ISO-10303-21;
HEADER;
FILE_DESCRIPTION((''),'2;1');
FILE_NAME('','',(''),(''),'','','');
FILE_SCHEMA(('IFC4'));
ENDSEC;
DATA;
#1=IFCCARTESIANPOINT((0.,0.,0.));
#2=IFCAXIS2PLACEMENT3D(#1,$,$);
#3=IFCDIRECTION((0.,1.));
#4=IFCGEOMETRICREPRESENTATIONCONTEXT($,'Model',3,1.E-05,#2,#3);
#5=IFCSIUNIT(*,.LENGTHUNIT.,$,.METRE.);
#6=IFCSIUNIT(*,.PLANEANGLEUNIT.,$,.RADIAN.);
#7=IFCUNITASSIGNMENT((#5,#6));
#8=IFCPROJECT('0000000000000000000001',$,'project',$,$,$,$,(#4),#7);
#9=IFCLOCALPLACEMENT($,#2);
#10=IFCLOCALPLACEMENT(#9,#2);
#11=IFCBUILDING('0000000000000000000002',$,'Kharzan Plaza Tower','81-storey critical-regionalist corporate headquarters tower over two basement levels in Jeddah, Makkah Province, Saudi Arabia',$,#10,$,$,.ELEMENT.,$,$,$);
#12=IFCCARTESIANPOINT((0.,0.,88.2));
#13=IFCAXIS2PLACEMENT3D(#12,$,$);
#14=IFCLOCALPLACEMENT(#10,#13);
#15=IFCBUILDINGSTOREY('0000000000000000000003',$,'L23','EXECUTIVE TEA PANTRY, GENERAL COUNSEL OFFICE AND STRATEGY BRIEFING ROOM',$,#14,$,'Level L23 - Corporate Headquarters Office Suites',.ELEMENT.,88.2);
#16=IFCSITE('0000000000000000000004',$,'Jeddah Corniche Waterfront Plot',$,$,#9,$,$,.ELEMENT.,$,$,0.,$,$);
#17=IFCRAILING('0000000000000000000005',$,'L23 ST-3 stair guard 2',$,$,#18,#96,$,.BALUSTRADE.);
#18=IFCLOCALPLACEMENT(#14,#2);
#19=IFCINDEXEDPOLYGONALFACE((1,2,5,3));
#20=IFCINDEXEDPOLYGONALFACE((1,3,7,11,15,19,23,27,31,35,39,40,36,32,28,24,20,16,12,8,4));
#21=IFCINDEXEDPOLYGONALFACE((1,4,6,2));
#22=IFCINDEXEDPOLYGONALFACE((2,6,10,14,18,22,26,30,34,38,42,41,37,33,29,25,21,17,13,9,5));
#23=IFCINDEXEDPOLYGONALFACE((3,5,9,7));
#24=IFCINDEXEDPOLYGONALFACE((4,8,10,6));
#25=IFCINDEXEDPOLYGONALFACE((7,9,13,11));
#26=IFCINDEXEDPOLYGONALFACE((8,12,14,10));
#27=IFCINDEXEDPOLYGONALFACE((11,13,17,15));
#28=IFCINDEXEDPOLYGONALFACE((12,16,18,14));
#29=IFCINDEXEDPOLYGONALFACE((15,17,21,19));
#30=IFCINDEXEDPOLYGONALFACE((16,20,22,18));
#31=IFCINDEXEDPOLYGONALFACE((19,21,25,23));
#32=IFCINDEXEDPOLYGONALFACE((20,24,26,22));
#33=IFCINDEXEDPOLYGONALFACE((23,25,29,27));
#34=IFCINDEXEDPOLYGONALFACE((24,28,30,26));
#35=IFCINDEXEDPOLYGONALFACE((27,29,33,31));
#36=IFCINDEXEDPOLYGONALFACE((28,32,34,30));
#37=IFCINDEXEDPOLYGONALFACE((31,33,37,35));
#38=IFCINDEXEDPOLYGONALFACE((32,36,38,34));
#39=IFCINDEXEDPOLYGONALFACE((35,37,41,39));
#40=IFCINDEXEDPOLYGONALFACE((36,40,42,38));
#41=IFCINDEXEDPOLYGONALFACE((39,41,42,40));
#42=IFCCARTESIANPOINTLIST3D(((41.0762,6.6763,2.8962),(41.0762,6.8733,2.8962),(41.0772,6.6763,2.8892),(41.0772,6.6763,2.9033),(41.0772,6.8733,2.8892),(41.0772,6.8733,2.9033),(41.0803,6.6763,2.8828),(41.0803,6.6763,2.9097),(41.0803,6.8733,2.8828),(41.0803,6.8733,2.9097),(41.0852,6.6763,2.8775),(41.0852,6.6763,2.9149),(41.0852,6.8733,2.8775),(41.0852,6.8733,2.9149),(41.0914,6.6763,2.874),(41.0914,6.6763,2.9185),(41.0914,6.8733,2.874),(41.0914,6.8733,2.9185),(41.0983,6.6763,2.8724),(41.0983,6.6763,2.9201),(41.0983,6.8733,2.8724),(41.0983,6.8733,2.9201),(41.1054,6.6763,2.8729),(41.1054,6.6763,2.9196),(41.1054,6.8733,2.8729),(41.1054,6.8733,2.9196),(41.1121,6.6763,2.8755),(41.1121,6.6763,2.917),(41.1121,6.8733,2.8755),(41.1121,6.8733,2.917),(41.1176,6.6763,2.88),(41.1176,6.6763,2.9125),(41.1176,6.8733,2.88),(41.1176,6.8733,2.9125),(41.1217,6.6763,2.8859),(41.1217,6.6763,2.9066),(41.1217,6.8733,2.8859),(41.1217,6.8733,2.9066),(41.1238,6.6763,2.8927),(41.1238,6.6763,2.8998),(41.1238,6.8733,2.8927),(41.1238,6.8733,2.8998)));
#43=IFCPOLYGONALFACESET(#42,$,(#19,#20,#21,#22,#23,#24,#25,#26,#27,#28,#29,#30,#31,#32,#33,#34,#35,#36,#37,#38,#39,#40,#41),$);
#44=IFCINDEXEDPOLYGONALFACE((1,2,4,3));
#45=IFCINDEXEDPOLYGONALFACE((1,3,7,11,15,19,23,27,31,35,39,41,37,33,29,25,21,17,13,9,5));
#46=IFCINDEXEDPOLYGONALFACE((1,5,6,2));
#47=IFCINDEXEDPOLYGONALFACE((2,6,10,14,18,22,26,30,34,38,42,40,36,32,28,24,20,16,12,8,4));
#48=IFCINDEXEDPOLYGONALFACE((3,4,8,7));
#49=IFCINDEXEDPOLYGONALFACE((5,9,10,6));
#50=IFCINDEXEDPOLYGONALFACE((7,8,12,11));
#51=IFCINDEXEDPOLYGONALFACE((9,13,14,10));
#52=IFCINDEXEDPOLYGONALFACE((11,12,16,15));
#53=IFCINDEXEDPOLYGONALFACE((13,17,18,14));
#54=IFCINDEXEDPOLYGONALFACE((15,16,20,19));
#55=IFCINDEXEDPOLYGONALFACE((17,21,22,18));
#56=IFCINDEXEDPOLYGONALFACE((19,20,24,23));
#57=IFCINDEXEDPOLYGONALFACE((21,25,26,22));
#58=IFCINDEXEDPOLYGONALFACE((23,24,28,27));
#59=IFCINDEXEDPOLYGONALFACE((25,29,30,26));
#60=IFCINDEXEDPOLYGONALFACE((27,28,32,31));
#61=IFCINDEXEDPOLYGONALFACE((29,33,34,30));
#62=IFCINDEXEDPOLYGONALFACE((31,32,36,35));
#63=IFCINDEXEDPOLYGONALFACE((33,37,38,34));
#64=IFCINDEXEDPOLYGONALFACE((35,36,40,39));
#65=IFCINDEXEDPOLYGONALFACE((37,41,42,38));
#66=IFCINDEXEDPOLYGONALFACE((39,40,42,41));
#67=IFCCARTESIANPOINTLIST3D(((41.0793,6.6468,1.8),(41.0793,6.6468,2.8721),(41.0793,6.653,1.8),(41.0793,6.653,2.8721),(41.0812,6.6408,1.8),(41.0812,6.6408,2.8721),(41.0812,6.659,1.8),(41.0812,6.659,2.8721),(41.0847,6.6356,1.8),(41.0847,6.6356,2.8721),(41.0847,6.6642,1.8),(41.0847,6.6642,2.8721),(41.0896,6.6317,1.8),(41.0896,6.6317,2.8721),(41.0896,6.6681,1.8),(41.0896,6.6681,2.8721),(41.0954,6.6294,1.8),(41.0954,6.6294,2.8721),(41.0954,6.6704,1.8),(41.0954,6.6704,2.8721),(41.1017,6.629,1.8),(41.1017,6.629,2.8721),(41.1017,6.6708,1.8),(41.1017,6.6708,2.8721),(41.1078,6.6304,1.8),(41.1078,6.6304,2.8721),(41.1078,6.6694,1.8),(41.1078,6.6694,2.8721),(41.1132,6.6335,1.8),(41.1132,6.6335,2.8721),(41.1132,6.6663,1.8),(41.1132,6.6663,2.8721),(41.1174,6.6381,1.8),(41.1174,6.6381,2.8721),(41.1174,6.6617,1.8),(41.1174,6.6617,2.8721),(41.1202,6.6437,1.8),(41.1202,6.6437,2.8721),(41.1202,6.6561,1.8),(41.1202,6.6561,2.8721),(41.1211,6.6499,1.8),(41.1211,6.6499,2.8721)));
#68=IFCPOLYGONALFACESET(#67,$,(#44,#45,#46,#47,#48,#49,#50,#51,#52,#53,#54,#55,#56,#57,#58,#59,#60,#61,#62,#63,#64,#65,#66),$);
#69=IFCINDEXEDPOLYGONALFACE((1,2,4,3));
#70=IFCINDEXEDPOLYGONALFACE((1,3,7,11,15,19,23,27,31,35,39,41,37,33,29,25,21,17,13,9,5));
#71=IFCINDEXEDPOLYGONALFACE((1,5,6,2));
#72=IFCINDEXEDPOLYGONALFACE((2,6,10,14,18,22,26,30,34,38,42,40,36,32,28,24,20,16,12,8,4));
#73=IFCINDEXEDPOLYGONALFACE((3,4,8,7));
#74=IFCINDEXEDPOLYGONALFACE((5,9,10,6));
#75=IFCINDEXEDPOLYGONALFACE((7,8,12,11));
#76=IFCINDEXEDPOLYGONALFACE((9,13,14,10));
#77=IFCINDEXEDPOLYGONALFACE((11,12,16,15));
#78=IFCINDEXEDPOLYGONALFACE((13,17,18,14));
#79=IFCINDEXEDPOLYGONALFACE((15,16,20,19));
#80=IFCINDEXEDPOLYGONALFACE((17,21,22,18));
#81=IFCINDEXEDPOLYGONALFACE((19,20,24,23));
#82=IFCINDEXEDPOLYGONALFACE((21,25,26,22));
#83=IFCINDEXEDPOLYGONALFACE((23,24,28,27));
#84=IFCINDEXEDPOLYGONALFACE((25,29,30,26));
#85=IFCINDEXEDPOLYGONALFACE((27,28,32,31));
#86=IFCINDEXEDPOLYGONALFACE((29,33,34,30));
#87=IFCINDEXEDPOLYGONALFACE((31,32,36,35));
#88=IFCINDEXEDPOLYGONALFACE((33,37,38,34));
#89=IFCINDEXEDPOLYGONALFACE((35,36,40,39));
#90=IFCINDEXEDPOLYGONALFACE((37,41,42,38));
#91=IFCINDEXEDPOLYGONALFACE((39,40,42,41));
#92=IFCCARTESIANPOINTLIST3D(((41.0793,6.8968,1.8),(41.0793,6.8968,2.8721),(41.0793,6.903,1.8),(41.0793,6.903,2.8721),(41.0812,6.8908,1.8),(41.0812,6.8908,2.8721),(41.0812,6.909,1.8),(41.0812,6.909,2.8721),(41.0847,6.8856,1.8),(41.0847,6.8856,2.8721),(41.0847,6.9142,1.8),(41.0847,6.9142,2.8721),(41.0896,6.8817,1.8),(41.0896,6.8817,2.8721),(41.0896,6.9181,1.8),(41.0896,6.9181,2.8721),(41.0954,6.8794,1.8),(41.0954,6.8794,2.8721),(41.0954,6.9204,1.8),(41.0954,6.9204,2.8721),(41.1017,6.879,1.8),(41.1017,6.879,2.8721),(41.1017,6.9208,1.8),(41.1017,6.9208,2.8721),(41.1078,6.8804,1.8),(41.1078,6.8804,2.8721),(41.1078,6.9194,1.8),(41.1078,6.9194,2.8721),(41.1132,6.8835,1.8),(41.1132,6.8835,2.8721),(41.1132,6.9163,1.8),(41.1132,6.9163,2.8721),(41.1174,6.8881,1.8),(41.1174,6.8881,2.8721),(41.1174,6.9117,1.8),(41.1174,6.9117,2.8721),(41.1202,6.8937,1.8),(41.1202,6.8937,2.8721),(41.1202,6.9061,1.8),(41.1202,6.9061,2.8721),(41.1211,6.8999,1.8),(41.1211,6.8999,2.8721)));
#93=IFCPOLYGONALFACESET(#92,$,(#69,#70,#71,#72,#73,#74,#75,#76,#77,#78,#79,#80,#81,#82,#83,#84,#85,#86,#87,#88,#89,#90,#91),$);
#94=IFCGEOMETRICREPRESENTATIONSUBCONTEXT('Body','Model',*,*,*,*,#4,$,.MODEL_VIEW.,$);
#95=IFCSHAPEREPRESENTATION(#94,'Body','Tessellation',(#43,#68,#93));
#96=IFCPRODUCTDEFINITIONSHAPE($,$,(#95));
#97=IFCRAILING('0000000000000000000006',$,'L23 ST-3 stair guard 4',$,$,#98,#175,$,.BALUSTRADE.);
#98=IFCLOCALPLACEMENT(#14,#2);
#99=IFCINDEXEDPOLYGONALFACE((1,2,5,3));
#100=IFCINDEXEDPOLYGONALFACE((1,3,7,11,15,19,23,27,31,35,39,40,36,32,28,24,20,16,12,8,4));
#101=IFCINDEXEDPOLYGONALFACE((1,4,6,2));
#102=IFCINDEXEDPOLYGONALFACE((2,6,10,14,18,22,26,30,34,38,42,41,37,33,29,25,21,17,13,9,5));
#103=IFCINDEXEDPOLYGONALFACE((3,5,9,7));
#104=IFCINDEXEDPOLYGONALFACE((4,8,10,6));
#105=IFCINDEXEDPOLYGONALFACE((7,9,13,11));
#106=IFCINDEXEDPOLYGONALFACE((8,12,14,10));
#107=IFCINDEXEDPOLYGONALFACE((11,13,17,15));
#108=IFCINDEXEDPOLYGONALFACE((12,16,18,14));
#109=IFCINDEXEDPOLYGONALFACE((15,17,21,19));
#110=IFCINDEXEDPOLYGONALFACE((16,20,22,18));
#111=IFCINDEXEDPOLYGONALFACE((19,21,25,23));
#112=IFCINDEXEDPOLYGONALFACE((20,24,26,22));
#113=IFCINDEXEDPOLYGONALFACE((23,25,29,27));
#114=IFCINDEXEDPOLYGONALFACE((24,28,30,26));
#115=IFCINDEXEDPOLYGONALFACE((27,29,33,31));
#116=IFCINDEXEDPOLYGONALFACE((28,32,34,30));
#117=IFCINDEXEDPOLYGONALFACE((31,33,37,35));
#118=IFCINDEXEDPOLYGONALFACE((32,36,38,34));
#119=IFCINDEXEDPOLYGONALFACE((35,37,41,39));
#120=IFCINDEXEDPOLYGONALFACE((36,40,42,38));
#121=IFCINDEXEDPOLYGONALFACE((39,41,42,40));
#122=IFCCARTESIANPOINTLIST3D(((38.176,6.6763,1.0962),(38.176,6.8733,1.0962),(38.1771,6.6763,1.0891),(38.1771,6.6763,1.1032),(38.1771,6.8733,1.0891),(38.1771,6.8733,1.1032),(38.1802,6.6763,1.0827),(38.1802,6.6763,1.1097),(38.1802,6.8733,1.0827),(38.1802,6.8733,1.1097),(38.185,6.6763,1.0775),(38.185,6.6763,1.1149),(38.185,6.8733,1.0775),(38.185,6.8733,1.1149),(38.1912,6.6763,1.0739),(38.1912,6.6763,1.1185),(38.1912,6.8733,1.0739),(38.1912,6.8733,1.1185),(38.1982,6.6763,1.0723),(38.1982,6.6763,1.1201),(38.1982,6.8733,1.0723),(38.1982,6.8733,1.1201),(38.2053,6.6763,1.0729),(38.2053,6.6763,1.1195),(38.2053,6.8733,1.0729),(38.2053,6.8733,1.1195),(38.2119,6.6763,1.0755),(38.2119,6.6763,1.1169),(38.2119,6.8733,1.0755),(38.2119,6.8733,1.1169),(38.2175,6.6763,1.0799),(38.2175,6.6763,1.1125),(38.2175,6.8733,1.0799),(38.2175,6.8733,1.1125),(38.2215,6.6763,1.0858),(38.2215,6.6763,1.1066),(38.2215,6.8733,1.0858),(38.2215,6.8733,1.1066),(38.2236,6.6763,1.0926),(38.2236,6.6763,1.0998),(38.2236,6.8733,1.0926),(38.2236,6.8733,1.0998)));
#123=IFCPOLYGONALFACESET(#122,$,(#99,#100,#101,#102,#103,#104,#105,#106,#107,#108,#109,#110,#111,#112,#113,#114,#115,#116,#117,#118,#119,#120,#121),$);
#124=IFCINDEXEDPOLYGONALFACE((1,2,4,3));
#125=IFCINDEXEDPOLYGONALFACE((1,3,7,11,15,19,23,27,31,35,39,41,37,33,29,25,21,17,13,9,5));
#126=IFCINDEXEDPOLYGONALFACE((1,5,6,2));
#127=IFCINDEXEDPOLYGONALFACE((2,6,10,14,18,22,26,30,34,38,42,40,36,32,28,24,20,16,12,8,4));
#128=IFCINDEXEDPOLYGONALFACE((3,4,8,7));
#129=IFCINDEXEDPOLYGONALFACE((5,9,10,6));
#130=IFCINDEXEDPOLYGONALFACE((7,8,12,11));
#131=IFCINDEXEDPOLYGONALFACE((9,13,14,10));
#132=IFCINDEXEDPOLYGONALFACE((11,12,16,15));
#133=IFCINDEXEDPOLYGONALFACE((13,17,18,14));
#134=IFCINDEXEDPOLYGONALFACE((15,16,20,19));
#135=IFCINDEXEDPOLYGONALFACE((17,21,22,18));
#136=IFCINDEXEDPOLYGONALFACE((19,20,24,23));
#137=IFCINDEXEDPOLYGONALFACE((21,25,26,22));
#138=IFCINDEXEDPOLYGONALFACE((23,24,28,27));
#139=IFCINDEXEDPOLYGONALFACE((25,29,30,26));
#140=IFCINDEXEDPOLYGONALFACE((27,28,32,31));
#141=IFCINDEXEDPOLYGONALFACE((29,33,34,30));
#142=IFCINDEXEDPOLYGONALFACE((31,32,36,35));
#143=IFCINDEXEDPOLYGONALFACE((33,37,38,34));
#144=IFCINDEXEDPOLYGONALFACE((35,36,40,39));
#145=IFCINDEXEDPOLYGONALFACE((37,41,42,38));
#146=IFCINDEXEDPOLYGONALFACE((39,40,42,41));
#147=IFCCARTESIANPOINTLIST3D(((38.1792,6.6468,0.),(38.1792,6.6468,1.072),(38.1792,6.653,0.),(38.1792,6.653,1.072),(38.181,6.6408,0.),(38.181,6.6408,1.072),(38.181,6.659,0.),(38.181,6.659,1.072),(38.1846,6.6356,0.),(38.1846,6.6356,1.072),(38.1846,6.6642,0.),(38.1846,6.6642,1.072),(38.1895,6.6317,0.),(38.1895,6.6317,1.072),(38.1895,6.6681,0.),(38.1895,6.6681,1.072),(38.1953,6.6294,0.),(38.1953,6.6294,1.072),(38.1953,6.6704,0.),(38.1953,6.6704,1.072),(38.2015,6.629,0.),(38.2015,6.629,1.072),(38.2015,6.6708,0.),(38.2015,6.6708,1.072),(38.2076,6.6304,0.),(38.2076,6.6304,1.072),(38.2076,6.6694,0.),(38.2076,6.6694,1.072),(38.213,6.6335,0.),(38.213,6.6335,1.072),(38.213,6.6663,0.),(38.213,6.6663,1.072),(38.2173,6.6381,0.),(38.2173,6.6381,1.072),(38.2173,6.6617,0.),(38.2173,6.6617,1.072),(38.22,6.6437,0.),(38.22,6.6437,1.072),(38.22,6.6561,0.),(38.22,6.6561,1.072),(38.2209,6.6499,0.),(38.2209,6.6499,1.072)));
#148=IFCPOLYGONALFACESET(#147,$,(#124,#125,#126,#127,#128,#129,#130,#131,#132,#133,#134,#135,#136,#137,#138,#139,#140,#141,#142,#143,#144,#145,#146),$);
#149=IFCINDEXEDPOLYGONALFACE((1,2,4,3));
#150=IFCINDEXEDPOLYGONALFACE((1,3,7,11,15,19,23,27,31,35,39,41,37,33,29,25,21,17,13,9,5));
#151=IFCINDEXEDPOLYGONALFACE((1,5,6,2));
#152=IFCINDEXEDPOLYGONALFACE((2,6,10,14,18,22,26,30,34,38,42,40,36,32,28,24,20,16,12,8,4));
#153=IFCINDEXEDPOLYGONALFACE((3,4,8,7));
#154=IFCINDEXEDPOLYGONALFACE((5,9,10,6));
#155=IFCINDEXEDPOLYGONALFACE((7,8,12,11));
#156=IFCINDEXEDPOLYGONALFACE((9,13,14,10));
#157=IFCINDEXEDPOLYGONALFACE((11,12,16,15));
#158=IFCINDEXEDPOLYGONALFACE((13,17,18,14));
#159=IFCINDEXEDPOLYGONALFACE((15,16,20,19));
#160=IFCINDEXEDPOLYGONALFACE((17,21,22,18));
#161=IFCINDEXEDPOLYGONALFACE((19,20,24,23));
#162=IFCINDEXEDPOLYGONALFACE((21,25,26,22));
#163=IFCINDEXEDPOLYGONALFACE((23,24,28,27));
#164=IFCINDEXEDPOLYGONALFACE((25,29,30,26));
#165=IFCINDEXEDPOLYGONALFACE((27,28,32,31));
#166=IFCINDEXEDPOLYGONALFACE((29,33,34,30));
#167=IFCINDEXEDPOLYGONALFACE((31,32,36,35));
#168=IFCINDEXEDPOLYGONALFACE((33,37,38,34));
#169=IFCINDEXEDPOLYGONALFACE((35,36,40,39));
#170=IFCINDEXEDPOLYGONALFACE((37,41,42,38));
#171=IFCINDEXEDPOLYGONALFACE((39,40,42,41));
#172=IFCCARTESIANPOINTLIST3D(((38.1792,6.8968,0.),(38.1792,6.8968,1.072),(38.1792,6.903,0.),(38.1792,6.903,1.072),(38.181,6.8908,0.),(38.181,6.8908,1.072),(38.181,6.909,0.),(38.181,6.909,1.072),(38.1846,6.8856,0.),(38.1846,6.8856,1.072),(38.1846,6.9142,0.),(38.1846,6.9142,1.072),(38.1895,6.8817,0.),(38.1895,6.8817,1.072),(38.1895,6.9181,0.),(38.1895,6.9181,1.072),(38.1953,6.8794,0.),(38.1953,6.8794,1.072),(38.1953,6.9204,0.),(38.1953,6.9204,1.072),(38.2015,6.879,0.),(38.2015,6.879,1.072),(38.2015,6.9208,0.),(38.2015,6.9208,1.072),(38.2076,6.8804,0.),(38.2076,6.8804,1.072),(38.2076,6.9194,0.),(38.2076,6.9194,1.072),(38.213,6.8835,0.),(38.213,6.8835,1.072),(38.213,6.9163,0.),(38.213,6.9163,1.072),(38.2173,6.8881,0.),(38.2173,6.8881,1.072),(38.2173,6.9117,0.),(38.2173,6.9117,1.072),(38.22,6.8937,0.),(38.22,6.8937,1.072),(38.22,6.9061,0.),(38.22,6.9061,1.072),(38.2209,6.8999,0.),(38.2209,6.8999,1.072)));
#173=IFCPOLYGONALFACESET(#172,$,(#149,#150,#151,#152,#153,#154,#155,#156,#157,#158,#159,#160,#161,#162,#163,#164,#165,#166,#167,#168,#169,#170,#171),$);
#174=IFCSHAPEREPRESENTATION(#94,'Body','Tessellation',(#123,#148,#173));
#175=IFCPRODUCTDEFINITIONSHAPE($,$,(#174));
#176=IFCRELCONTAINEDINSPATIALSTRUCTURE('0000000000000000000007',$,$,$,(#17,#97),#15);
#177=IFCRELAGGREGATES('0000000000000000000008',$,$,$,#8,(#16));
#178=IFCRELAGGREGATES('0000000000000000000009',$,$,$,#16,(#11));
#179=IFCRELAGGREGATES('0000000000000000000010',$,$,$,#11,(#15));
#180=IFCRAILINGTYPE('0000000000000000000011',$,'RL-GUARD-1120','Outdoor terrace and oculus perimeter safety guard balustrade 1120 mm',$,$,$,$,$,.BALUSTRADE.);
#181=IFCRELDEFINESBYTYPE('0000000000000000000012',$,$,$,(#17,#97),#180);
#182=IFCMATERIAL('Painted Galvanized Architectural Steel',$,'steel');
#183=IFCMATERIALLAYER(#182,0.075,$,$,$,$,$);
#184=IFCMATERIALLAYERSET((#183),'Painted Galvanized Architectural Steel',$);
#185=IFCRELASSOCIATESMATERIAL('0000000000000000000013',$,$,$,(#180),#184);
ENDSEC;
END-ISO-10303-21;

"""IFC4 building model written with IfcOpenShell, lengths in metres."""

from ifc_helpers import new_model, si_unit, direction, frame, origin, origin_2d, place, context, subcontext, project, spatial, circle, extrude, source, transform, mapped, material, layer, layer_set, type_object, element, save


model = new_model("IFC4")

# Units and contexts
model_context = context("Model", 3, precision=1e-05, world=origin(), true_north=direction((0.0, 1.0)))
body_context = subcontext(model_context, "Body", "Model", "MODEL_VIEW")
ifc_project = project(units=[si_unit("LENGTHUNIT", "METRE"), si_unit("PLANEANGLEUNIT", "RADIAN")], contexts=[model_context])

# Site, building, storey
site_placement = place(None, origin())
site = spatial("IfcSite", under=ifc_project, at=site_placement, Name="Jeddah Corniche Waterfront Plot", CompositionType="ELEMENT", RefElevation=0.0)
building_placement = place(site_placement, origin())
building = spatial("IfcBuilding", under=site, at=building_placement, Name="Kharzan Plaza Tower", Description="81-storey critical-regionalist corporate headquarters tower over two basement levels in Jeddah, Makkah Province, Saudi Arabia", CompositionType="ELEMENT")
storey_placement = place(building_placement, frame((0.0, 0.0, 88.2)))
storey = spatial("IfcBuildingStorey", under=building, at=storey_placement, Name="L23", Description="EXECUTIVE TEA PANTRY, GENERAL COUNSEL OFFICE AND STRATEGY BRIEFING ROOM", LongName="Level L23 - Corporate Headquarters Office Suites", CompositionType="ELEMENT", Elevation=88.2)

# Railings
ifc_material_1 = material(Name="Painted Galvanized Architectural Steel", Category="steel")
ifc_layer_1 = layer(ifc_material_1, 0.075)
ifc_layer_set_1 = layer_set([ifc_layer_1], Name="Painted Galvanized Architectural Steel")
railing_type_1 = type_object("IfcRailingType", Name="RL-GUARD-1120", Description="Outdoor terrace and oculus perimeter safety guard balustrade 1120 mm", PredefinedType="BALUSTRADE", material=ifc_layer_set_1)
shared_shape_1 = source(origin(), body_context, "Body", "SweptSolid", [
    extrude(circle(Radius=0.0239, at=origin_2d()), frame((0.0, 0.0264, 1.0962), z_axis=(0.0, 1.0, 0.0), x_axis=(-1.0, 0.0, 0.0)), (0.0, 0.0, 1.0), 0.197),
    extrude(circle(Radius=0.021, at=origin_2d()), origin(), (0.0, 0.0, 1.0), 1.072),
    extrude(circle(Radius=0.021, at=origin_2d()), frame((0.0, 0.25, 0.0)), (0.0, 0.0, 1.0), 1.072),
])
for number, where, name in (
    (1, (41.1001, 6.6499, 1.8), "L23 ST-3 stair guard 2"),
    (2, (38.2, 6.6499, 0.0), "L23 ST-3 stair guard 4"),
):
    element("IfcRailing", number, at=place(storey_placement, frame(where)), inside=storey, type_object=railing_type_1, Name=name, PredefinedType="BALUSTRADE", context=body_context, shape_type="MappedRepresentation", body=[
        mapped(shared_shape_1, transform((0.0, 0.0, 0.0), x_axis=(1.0, 0.0, 0.0), y_axis=(0.0, 1.0, 0.0), z_axis=(0.0, 0.0, 1.0))),
    ])

save(model, "model.ifc")
